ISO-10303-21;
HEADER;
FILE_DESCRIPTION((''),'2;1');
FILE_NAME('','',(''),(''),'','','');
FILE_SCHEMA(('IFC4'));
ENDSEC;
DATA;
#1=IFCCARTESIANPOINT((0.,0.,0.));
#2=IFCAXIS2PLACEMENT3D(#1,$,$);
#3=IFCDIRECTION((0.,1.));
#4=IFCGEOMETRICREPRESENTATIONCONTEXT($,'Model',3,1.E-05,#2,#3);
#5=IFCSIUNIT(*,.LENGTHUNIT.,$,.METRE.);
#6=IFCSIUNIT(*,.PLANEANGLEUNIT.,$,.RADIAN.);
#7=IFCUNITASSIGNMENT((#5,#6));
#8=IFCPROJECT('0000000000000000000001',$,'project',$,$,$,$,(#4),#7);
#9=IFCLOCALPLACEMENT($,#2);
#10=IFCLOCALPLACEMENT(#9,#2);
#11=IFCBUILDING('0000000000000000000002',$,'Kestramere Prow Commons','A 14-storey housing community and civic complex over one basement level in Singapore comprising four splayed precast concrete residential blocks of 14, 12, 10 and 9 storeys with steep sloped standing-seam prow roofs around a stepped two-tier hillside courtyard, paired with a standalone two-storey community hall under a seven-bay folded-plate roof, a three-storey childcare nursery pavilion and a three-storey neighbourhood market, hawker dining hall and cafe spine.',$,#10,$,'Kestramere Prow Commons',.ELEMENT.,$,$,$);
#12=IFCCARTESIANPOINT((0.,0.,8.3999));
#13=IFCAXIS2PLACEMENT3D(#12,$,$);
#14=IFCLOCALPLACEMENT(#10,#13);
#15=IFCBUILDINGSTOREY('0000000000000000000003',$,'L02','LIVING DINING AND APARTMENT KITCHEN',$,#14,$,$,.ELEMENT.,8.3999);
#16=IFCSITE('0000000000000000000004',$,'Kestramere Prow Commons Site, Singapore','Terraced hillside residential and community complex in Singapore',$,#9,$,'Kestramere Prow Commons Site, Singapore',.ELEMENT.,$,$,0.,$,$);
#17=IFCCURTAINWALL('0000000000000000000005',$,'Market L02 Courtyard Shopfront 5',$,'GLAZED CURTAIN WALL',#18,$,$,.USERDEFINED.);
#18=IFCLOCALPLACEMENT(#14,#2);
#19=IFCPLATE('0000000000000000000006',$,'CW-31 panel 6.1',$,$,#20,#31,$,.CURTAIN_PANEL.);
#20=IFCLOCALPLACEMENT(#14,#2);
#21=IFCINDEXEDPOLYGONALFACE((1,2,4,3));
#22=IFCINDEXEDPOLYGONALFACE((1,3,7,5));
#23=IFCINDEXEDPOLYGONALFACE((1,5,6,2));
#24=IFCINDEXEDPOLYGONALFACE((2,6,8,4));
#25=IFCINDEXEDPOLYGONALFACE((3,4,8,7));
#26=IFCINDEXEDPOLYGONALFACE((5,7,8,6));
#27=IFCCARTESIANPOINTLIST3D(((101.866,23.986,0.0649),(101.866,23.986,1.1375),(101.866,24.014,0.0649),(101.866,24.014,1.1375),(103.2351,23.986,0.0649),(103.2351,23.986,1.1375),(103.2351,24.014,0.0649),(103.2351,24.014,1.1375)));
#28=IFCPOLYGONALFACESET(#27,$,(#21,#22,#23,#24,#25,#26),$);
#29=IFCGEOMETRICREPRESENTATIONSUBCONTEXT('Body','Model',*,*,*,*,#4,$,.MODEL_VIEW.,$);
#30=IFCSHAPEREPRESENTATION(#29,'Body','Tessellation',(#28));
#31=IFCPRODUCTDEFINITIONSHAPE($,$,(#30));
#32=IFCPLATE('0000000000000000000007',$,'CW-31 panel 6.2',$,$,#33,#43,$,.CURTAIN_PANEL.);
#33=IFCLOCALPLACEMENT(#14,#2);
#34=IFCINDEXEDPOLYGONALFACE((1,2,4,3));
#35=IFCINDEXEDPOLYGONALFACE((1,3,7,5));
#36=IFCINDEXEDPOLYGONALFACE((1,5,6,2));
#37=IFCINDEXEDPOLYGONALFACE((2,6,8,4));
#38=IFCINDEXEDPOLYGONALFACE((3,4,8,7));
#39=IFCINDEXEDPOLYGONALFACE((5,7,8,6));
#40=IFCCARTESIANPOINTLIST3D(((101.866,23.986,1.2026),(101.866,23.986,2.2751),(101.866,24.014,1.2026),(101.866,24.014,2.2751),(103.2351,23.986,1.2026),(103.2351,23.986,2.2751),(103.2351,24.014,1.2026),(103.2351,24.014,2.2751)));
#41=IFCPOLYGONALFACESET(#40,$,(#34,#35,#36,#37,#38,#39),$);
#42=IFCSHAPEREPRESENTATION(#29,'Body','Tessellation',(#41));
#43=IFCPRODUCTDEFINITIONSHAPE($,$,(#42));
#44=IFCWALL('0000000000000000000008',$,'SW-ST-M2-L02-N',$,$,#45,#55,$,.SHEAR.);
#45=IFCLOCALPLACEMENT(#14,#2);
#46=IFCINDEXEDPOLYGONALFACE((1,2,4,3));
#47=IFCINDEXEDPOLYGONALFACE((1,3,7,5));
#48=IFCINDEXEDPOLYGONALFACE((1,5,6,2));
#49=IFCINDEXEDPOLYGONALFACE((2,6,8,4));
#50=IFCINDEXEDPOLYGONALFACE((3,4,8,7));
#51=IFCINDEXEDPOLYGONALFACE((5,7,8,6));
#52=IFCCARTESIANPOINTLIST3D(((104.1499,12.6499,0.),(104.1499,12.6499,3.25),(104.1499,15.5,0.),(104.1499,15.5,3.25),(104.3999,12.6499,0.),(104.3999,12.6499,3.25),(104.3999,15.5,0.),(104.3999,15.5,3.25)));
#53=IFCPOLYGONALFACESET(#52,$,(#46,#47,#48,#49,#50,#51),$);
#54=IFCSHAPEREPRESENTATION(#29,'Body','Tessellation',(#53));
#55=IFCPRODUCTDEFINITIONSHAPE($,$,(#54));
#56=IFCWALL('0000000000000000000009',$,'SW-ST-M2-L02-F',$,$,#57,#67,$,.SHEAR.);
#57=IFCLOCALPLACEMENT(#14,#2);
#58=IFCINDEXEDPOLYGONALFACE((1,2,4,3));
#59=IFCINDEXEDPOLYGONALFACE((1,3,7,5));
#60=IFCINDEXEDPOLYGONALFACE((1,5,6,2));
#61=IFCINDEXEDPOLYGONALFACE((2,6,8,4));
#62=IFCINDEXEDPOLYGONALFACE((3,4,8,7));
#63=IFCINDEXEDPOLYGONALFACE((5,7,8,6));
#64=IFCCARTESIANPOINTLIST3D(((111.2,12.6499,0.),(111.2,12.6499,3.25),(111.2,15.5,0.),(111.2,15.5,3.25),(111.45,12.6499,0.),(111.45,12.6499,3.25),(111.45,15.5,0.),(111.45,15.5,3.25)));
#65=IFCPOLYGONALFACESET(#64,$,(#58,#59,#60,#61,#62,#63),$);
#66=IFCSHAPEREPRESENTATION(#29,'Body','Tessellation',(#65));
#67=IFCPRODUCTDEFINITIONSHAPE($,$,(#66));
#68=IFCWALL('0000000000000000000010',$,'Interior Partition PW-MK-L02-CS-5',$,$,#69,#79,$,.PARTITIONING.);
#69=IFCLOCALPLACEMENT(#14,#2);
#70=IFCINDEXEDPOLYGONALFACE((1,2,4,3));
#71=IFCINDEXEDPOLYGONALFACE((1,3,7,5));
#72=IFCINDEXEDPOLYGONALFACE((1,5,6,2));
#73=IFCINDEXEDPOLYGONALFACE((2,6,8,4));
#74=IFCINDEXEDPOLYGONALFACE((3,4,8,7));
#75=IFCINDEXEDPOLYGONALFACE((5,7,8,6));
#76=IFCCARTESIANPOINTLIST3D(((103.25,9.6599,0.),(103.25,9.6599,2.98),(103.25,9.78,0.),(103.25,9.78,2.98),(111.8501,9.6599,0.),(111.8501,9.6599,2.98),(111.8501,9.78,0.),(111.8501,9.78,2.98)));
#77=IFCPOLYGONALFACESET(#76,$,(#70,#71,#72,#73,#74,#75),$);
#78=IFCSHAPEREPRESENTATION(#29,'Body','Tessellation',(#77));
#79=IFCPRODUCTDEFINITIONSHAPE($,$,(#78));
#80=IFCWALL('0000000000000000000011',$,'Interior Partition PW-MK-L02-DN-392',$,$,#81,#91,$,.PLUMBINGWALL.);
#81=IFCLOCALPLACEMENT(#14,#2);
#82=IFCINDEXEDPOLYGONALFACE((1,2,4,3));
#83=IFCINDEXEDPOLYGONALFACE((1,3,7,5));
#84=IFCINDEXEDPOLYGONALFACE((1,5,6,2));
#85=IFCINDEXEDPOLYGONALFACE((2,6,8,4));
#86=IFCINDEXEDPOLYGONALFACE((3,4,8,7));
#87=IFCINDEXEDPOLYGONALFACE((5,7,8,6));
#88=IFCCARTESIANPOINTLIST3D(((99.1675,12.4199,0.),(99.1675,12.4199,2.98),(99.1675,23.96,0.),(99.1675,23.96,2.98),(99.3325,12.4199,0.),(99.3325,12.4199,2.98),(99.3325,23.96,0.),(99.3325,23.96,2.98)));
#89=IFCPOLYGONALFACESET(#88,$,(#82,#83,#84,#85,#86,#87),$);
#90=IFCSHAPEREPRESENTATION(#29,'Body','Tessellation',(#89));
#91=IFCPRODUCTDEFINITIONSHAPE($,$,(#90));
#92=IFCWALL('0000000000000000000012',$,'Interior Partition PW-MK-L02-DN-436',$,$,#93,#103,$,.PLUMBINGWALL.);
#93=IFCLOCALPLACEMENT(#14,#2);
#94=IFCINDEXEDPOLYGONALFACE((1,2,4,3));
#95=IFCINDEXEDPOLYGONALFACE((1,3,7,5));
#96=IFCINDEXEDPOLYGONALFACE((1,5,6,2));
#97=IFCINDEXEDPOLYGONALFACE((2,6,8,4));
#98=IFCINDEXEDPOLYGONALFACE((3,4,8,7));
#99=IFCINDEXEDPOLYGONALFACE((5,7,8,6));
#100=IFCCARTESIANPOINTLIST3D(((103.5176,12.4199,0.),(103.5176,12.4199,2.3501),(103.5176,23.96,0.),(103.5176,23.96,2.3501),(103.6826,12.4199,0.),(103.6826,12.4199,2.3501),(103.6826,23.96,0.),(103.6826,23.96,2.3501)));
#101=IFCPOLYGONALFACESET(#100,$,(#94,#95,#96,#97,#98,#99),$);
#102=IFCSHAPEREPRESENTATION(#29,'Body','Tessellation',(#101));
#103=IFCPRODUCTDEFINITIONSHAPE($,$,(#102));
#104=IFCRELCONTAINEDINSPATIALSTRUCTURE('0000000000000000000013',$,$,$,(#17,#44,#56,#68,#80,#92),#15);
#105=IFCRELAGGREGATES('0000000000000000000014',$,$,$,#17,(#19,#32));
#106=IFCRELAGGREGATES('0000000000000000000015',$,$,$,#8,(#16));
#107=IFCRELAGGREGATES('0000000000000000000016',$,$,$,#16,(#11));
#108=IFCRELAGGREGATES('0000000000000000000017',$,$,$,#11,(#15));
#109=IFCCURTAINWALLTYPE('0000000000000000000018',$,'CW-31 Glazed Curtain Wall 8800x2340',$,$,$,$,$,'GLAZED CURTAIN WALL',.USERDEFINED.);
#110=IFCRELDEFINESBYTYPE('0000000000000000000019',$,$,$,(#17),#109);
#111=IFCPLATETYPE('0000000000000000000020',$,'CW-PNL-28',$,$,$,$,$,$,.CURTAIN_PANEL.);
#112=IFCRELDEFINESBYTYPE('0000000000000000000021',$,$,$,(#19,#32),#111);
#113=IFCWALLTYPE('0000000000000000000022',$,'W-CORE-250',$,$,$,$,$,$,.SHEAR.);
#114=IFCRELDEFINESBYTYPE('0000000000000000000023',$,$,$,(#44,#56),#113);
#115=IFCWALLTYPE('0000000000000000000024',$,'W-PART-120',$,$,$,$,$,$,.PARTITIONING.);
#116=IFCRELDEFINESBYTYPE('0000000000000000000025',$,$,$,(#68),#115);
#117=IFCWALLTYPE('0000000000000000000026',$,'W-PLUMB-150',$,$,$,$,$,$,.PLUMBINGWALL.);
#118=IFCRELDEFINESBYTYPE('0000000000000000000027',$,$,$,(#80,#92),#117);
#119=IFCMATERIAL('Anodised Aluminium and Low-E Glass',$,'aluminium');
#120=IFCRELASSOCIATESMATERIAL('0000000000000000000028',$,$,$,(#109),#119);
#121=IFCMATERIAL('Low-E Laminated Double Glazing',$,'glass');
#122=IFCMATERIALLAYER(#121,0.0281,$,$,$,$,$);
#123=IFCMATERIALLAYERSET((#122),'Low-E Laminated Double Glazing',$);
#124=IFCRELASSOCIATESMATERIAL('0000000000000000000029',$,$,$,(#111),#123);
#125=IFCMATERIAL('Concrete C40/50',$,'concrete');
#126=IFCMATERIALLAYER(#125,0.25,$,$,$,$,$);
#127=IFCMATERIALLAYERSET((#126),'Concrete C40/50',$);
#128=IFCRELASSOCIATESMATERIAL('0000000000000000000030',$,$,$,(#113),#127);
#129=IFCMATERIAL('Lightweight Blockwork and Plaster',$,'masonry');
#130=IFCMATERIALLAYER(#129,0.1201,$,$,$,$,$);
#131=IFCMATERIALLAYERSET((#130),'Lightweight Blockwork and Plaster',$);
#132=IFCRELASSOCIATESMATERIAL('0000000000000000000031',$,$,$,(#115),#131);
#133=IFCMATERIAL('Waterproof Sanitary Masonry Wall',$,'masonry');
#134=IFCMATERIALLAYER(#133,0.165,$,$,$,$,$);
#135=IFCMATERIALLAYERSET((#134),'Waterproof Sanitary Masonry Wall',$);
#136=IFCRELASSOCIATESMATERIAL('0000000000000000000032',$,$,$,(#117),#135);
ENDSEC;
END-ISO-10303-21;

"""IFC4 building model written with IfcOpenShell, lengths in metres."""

from ifc_helpers import new_model, si_unit, direction, frame, frame_2d, origin, origin_2d, place, context, subcontext, project, spatial, rectangle, extrude, material, layer, layer_set, type_object, element, aggregate, save


model = new_model("IFC4")

# Units and contexts
model_context = context("Model", 3, precision=1e-05, world=origin(), true_north=direction((0.0, 1.0)))
body_context = subcontext(model_context, "Body", "Model", "MODEL_VIEW")
ifc_project = project(units=[si_unit("LENGTHUNIT", "METRE"), si_unit("PLANEANGLEUNIT", "RADIAN")], contexts=[model_context])

# Site, building, storey
site_placement = place(None, origin())
site = spatial("IfcSite", under=ifc_project, at=site_placement, Name="Kestramere Prow Commons Site, Singapore", Description="Terraced hillside residential and community complex in Singapore", LongName="Kestramere Prow Commons Site, Singapore", CompositionType="ELEMENT", RefElevation=0.0)
building_placement = place(site_placement, origin())
building = spatial("IfcBuilding", under=site, at=building_placement, Name="Kestramere Prow Commons", Description="A 14-storey housing community and civic complex over one basement level in Singapore comprising four splayed precast concrete residential blocks of 14, 12, 10 and 9 storeys with steep sloped standing-seam prow roofs around a stepped two-tier hillside courtyard, paired with a standalone two-storey community hall under a seven-bay folded-plate roof, a three-storey childcare nursery pavilion and a three-storey neighbourhood market, hawker dining hall and cafe spine.", LongName="Kestramere Prow Commons", CompositionType="ELEMENT")
storey_placement = place(building_placement, frame((0.0, 0.0, 8.3999)))
storey = spatial("IfcBuildingStorey", under=building, at=storey_placement, Name="L02", Description="LIVING DINING AND APARTMENT KITCHEN", CompositionType="ELEMENT", Elevation=8.3999)

# Curtain wall, plates
ifc_material_1 = material(Name="Anodised Aluminium and Low-E Glass", Category="aluminium")
curtain_wall_type = type_object("IfcCurtainWallType", Name="CW-31 Glazed Curtain Wall 8800x2340", ElementType="GLAZED CURTAIN WALL", PredefinedType="USERDEFINED", material=ifc_material_1)
curtain_wall_placement = place(storey_placement, origin())
curtain_wall = element("IfcCurtainWall", 1, at=curtain_wall_placement, inside=storey, type_object=curtain_wall_type, Name="Market L02 Courtyard Shopfront 5", ObjectType="GLAZED CURTAIN WALL", PredefinedType="USERDEFINED")
ifc_material_2 = material(Name="Low-E Laminated Double Glazing", Category="glass")
ifc_layer_1 = layer(ifc_material_2, 0.0281)
ifc_layer_set_1 = layer_set([ifc_layer_1], Name="Low-E Laminated Double Glazing")
plate_type = type_object("IfcPlateType", Name="CW-PNL-28", PredefinedType="CURTAIN_PANEL", material=ifc_layer_set_1)
plate_1_placement = place(storey_placement, frame((102.5505, 24.0, 0.0649), z_axis=(0.0, 0.0, 1.0), x_axis=(1.0, 0.0, 0.0)))
plate_1 = element("IfcPlate", 2, at=plate_1_placement, type_object=plate_type, Name="CW-31 panel 6.1", PredefinedType="CURTAIN_PANEL", context=body_context, shape_type="SweptSolid", body=[
    extrude(rectangle(XDim=1.3691, YDim=0.0281, at=origin_2d()), origin(), (0.0, 0.0, 1.0), 1.0725),
])
plate_2_placement = place(storey_placement, frame((102.5505, 24.0, 1.2026), z_axis=(0.0, 0.0, 1.0), x_axis=(1.0, 0.0, 0.0)))
plate_2 = element("IfcPlate", 3, at=plate_2_placement, type_object=plate_type, Name="CW-31 panel 6.2", PredefinedType="CURTAIN_PANEL", context=body_context, shape_type="SweptSolid", body=[
    extrude(rectangle(XDim=1.3691, YDim=0.0281, at=origin_2d()), origin(), (0.0, 0.0, 1.0), 1.0725),
])
aggregate(curtain_wall, [plate_1, plate_2])

# Shared definitions
ifc_material_3 = material(Name="Concrete C40/50", Category="concrete")
ifc_layer_2 = layer(ifc_material_3, 0.25)
ifc_layer_set_2 = layer_set([ifc_layer_2], Name="Concrete C40/50")
wall_type_1 = type_object("IfcWallType", Name="W-CORE-250", PredefinedType="SHEAR", material=ifc_layer_set_2)

# Walls
for number, where, z_axis, x_axis, name in (
    (4, (104.2749, 12.6499, 0.0), (0.0, 0.0, 1.0), (0.0, 1.0, 0.0), "SW-ST-M2-L02-N"),
    (5, (111.325, 12.6499, 0.0), (0.0, 0.0, 1.0), (0.0, 1.0, 0.0), "SW-ST-M2-L02-F"),
):
    element("IfcWall", number, at=place(storey_placement, frame(where, z_axis=z_axis, x_axis=x_axis)), inside=storey, type_object=wall_type_1, Name=name, PredefinedType="SHEAR", context=body_context, shape_type="SweptSolid", body=[
        extrude(rectangle(XDim=2.8501, YDim=0.25, at=frame_2d((1.425, 0.0))), origin(), (0.0, 0.0, 1.0), 3.25),
    ])
ifc_material_4 = material(Name="Lightweight Blockwork and Plaster", Category="masonry")
ifc_layer_3 = layer(ifc_material_4, 0.1201)
ifc_layer_set_3 = layer_set([ifc_layer_3], Name="Lightweight Blockwork and Plaster")
wall_type_2 = type_object("IfcWallType", Name="W-PART-120", PredefinedType="PARTITIONING", material=ifc_layer_set_3)
wall_1_placement = place(storey_placement, frame((103.25, 9.72, 0.0), z_axis=(0.0, 0.0, 1.0), x_axis=(1.0, 0.0, 0.0)))
element("IfcWall", 6, at=wall_1_placement, inside=storey, type_object=wall_type_2, Name="Interior Partition PW-MK-L02-CS-5", PredefinedType="PARTITIONING", context=body_context, shape_type="SweptSolid", body=[
    extrude(rectangle(XDim=8.6001, YDim=0.1201, at=frame_2d((4.3, 0.0))), origin(), (0.0, 0.0, 1.0), 2.98),
])

# Shared definitions
ifc_material_5 = material(Name="Waterproof Sanitary Masonry Wall", Category="masonry")
ifc_layer_4 = layer(ifc_material_5, 0.165)
ifc_layer_set_4 = layer_set([ifc_layer_4], Name="Waterproof Sanitary Masonry Wall")
wall_type_3 = type_object("IfcWallType", Name="W-PLUMB-150", PredefinedType="PLUMBINGWALL", material=ifc_layer_set_4)

# Walls
wall_2_placement = place(storey_placement, frame((99.25, 12.4199, 0.0), z_axis=(0.0, 0.0, 1.0), x_axis=(0.0, 1.0, 0.0)))
element("IfcWall", 7, at=wall_2_placement, inside=storey, type_object=wall_type_3, Name="Interior Partition PW-MK-L02-DN-392", PredefinedType="PLUMBINGWALL", context=body_context, shape_type="SweptSolid", body=[
    extrude(rectangle(XDim=11.54, YDim=0.165, at=frame_2d((5.77, 0.0))), origin(), (0.0, 0.0, 1.0), 2.98),
])
wall_3_placement = place(storey_placement, frame((103.6001, 12.4199, 0.0), z_axis=(0.0, 0.0, 1.0), x_axis=(0.0, 1.0, 0.0)))
element("IfcWall", 8, at=wall_3_placement, inside=storey, type_object=wall_type_3, Name="Interior Partition PW-MK-L02-DN-436", PredefinedType="PLUMBINGWALL", context=body_context, shape_type="SweptSolid", body=[
    extrude(rectangle(XDim=11.54, YDim=0.165, at=frame_2d((5.77, 0.0))), origin(), (0.0, 0.0, 1.0), 2.3501),
])

save(model, "model.ifc")
